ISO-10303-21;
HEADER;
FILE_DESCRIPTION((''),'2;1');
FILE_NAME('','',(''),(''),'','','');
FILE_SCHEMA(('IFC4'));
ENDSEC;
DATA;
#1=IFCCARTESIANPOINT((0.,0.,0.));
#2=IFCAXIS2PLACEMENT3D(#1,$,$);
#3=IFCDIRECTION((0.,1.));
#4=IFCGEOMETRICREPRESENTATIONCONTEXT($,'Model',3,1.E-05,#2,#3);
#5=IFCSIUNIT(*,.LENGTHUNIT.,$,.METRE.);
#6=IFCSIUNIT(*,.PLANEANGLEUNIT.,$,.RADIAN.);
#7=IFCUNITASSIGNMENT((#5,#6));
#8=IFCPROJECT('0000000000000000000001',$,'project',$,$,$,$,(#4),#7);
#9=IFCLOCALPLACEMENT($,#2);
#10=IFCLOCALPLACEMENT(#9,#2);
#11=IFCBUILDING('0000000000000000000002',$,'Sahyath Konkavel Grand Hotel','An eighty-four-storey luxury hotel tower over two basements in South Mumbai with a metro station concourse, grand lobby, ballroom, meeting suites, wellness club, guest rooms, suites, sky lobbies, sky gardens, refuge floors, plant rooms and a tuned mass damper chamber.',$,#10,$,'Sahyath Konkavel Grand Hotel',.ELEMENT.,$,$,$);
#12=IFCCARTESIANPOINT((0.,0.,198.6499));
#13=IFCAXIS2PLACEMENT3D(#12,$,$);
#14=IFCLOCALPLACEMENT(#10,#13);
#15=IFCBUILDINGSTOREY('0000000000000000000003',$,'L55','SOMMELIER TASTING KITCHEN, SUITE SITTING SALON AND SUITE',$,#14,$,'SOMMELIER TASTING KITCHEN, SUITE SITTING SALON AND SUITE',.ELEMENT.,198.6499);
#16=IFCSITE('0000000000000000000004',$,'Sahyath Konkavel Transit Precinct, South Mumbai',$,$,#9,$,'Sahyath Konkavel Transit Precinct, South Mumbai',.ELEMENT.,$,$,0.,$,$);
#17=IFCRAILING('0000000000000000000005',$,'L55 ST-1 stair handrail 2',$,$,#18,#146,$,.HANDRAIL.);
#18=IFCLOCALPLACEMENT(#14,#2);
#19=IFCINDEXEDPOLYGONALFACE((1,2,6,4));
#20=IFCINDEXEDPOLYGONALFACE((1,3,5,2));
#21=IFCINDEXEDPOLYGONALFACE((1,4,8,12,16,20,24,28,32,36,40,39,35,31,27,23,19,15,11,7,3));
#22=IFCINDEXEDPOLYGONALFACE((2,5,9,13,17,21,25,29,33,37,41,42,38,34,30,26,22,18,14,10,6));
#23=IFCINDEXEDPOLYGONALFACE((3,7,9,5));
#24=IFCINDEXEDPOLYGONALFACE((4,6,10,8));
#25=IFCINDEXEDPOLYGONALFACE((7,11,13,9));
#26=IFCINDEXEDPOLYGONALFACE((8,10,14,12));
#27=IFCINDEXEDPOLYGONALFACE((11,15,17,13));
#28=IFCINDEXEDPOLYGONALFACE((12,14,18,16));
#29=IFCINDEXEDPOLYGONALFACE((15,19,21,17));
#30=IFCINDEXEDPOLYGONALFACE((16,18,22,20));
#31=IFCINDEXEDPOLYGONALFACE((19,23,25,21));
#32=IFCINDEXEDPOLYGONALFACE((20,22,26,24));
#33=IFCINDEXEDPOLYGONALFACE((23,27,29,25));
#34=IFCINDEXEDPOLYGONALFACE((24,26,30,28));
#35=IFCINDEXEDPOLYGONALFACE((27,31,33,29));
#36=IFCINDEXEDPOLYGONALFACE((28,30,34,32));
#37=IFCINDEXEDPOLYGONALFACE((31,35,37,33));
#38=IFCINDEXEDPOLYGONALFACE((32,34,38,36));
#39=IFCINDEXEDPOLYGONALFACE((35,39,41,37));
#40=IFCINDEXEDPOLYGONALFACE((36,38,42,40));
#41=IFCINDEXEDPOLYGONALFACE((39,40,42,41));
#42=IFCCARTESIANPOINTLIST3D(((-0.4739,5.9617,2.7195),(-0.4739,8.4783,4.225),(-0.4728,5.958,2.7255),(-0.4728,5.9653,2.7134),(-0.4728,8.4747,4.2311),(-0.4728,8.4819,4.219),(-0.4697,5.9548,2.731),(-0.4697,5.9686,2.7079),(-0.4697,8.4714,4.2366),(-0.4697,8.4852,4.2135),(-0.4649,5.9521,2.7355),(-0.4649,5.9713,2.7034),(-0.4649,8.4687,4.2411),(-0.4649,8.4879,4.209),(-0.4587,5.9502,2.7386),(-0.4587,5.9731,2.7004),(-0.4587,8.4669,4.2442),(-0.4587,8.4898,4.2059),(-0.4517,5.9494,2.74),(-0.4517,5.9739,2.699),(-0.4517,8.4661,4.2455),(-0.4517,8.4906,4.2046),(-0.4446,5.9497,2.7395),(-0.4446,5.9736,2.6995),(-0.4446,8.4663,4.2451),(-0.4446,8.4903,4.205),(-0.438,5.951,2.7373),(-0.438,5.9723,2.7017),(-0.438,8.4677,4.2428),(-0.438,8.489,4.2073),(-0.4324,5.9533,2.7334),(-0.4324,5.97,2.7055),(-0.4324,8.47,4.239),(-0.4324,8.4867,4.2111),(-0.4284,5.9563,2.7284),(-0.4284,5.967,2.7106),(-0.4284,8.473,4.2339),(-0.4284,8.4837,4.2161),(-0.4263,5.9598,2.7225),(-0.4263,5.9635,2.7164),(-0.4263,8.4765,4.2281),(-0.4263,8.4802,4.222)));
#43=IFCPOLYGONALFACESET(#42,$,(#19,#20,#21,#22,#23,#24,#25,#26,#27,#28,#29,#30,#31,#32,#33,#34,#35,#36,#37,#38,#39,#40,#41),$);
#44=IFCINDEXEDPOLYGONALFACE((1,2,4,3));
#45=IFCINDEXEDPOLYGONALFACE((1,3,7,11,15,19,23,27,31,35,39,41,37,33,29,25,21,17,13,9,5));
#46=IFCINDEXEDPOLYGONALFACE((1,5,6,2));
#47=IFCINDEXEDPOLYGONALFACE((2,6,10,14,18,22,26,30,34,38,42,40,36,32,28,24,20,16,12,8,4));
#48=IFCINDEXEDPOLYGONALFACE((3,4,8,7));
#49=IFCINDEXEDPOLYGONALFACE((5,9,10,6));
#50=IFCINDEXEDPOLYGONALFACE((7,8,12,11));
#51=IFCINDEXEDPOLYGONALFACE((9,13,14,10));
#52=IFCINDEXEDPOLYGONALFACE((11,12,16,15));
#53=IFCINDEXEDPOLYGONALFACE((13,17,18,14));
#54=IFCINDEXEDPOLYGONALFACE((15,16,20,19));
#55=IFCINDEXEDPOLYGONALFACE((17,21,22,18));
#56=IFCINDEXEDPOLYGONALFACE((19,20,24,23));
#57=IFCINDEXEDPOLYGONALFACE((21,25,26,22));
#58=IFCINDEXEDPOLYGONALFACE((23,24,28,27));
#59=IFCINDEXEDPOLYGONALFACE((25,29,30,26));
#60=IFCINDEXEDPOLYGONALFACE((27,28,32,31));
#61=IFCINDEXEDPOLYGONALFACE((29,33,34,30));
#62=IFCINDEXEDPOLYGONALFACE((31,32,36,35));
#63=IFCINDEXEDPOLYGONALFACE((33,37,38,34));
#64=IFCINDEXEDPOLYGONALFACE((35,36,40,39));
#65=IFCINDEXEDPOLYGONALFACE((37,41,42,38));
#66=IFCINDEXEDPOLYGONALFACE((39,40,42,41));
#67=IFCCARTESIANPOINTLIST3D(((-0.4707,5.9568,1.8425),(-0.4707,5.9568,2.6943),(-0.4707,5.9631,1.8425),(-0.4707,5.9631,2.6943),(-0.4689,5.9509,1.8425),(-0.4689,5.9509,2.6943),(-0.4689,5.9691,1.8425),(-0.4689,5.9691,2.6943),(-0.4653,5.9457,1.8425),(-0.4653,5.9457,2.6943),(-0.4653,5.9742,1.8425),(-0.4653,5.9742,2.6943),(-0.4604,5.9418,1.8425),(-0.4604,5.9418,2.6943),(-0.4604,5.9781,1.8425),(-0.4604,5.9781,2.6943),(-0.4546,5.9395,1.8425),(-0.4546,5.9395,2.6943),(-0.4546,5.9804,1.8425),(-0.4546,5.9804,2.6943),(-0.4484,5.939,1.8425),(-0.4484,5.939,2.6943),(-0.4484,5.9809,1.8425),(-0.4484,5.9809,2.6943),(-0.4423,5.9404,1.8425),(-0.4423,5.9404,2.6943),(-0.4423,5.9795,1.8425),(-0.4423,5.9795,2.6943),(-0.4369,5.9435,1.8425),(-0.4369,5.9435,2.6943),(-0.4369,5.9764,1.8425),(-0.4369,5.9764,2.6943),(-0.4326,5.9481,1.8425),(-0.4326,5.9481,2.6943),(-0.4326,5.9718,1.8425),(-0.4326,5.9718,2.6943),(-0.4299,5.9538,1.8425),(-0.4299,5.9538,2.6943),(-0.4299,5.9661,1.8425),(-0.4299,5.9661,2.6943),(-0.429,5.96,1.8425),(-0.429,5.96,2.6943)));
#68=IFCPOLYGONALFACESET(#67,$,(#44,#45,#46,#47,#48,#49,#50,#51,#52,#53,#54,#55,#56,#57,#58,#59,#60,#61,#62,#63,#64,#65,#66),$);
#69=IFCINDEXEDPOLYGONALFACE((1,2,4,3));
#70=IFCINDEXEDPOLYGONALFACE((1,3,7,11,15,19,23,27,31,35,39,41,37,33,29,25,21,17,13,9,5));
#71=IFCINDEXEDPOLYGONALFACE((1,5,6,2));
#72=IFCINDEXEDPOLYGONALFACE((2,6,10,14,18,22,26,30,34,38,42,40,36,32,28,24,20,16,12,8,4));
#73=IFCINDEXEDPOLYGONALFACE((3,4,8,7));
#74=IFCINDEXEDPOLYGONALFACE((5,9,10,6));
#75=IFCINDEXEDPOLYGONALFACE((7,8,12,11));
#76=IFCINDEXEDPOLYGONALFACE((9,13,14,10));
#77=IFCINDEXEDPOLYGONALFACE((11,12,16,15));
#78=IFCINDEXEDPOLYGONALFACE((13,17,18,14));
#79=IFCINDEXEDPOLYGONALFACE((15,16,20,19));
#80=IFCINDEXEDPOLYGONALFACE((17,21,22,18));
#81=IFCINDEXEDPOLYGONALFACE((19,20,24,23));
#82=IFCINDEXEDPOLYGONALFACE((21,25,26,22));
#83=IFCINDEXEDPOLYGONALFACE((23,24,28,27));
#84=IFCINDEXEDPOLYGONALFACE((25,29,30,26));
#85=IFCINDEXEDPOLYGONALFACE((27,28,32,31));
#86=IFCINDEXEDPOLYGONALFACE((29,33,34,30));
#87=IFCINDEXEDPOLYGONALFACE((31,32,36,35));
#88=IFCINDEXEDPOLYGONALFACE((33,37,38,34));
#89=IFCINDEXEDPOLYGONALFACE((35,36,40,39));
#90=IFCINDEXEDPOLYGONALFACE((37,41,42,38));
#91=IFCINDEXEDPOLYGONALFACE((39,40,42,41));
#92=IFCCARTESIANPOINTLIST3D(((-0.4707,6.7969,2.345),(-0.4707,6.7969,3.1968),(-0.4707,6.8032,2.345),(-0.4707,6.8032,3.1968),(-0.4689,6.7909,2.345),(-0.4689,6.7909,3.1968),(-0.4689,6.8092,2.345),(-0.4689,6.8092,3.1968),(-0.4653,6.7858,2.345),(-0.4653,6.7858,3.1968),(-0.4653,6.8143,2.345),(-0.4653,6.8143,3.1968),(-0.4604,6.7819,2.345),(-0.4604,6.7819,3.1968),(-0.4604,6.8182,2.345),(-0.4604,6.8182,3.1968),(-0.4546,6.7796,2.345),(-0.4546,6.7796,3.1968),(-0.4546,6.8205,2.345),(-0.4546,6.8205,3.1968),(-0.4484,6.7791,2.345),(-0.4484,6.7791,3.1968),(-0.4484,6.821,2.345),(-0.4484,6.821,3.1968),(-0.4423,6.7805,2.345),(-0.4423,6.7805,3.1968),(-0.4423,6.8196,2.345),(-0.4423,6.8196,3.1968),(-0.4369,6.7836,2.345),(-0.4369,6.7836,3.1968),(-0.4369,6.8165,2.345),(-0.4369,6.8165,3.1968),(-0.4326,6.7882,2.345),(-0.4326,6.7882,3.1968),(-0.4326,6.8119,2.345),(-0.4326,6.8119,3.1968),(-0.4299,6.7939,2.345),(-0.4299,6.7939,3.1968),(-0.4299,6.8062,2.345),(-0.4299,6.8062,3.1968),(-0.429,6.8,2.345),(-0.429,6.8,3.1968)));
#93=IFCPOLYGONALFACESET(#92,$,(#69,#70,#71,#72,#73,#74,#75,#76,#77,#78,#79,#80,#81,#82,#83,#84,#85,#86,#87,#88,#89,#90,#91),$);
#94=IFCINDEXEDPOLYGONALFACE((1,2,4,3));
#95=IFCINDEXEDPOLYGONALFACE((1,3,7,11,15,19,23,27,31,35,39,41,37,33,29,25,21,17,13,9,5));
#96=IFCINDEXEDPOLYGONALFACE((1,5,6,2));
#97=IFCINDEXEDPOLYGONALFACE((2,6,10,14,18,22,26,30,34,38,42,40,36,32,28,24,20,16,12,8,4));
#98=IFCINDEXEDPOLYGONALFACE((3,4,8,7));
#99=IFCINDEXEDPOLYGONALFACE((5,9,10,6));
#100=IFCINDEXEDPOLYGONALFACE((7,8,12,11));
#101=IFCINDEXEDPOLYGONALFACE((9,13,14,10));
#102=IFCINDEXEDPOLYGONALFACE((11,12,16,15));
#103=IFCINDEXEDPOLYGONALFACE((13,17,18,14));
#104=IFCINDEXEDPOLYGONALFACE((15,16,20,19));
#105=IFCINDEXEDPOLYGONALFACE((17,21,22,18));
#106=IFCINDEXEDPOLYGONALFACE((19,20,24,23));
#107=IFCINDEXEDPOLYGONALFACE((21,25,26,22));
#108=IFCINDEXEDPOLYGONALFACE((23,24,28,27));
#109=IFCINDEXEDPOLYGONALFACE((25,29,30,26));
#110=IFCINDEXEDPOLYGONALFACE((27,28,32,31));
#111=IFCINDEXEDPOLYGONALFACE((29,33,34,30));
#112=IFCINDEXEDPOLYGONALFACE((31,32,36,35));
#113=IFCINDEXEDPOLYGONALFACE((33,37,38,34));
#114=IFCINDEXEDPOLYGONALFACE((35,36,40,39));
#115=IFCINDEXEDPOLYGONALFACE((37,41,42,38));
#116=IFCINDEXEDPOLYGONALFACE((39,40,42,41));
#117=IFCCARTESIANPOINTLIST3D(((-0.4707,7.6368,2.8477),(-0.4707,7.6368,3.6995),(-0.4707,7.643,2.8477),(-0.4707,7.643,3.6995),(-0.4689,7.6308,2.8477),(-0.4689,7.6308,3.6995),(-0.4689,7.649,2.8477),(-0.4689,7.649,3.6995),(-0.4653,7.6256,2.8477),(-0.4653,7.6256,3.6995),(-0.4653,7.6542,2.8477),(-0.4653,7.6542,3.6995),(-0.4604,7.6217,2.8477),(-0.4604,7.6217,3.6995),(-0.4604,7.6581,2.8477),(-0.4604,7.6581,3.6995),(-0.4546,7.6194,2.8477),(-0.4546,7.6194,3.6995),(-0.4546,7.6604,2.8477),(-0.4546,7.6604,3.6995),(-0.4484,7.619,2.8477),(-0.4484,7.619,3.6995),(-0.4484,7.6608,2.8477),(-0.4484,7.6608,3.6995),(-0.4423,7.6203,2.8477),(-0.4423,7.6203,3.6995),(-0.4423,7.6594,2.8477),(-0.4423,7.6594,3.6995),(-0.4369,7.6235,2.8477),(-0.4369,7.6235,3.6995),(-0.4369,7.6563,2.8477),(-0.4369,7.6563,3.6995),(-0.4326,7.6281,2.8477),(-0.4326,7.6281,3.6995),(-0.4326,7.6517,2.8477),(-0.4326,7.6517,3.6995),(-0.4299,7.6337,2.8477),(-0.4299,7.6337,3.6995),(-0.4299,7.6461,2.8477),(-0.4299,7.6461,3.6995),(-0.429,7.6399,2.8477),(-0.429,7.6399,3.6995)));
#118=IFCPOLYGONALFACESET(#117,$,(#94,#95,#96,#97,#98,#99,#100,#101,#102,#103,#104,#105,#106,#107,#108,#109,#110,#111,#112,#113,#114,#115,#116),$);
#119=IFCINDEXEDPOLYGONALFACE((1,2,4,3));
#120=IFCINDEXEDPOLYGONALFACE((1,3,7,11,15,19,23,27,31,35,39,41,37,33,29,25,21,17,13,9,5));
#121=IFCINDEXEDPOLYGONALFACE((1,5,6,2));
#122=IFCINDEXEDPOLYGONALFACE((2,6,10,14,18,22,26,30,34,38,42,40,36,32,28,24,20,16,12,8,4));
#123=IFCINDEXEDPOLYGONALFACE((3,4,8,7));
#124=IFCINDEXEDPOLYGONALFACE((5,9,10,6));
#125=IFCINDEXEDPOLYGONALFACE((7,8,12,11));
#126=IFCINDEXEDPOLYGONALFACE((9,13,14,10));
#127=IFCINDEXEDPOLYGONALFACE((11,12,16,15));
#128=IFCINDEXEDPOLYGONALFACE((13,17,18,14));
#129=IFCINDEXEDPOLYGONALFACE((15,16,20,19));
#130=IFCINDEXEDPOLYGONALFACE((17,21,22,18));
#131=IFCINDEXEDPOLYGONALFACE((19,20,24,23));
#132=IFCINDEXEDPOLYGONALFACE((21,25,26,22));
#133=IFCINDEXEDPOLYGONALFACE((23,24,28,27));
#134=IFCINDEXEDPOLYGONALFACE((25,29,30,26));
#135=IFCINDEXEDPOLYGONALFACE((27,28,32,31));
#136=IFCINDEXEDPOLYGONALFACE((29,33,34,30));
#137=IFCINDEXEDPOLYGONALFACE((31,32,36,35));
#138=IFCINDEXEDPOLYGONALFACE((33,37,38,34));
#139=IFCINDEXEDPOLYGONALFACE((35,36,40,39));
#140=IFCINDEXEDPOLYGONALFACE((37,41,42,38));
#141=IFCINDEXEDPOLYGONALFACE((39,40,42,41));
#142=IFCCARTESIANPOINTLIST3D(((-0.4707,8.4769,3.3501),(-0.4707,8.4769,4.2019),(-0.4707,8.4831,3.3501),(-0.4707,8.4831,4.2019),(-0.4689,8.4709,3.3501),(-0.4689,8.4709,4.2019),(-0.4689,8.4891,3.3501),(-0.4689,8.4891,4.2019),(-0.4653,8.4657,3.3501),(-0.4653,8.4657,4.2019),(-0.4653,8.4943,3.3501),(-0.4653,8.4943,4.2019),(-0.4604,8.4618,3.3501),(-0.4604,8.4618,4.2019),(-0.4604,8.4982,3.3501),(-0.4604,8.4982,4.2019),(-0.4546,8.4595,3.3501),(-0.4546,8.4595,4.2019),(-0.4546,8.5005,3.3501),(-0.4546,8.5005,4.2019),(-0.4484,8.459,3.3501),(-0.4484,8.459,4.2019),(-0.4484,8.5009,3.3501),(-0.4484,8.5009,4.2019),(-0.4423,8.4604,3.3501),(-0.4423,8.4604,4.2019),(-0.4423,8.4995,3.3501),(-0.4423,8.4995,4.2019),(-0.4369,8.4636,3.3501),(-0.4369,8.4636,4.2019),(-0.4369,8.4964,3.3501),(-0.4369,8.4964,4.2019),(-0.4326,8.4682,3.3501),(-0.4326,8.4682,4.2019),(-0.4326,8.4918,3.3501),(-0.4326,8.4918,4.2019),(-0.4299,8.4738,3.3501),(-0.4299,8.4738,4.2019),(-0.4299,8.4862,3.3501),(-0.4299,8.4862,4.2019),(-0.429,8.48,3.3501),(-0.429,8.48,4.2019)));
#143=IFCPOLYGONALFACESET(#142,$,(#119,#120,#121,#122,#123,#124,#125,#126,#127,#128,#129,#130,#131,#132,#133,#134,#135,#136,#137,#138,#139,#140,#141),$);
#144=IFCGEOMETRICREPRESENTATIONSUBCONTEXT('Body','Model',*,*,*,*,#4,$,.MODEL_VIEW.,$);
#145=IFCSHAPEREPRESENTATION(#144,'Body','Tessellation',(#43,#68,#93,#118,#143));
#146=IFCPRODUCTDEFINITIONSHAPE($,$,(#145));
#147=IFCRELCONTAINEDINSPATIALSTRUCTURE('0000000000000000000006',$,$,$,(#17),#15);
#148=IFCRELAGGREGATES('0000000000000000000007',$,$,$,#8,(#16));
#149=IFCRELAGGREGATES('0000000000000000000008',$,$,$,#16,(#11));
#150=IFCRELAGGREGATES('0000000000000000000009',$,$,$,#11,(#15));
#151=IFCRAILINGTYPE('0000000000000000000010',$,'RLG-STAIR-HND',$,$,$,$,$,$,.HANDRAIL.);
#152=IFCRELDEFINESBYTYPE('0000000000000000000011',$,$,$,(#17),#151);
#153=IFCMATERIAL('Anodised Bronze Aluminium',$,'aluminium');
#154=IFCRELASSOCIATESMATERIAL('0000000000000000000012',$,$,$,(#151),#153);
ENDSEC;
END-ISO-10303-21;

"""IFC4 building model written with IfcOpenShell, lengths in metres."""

from ifc_helpers import new_model, si_unit, direction, frame, origin, origin_2d, place, context, subcontext, project, spatial, circle, extrude, material, type_object, element, save


model = new_model("IFC4")

# Units and contexts
model_context = context("Model", 3, precision=1e-05, world=origin(), true_north=direction((0.0, 1.0)))
body_context = subcontext(model_context, "Body", "Model", "MODEL_VIEW")
ifc_project = project(units=[si_unit("LENGTHUNIT", "METRE"), si_unit("PLANEANGLEUNIT", "RADIAN")], contexts=[model_context])

# Site, building, storey
site_placement = place(None, origin())
site = spatial("IfcSite", under=ifc_project, at=site_placement, Name="Sahyath Konkavel Transit Precinct, South Mumbai", LongName="Sahyath Konkavel Transit Precinct, South Mumbai", CompositionType="ELEMENT", RefElevation=0.0)
building_placement = place(site_placement, origin())
building = spatial("IfcBuilding", under=site, at=building_placement, Name="Sahyath Konkavel Grand Hotel", Description="An eighty-four-storey luxury hotel tower over two basements in South Mumbai with a metro station concourse, grand lobby, ballroom, meeting suites, wellness club, guest rooms, suites, sky lobbies, sky gardens, refuge floors, plant rooms and a tuned mass damper chamber.", LongName="Sahyath Konkavel Grand Hotel", CompositionType="ELEMENT")
storey_placement = place(building_placement, frame((0.0, 0.0, 198.6499)))
storey = spatial("IfcBuildingStorey", under=building, at=storey_placement, Name="L55", Description="SOMMELIER TASTING KITCHEN, SUITE SITTING SALON AND SUITE", LongName="SOMMELIER TASTING KITCHEN, SUITE SITTING SALON AND SUITE", CompositionType="ELEMENT", Elevation=198.6499)

# Railing
ifc_material_1 = material(Name="Anodised Bronze Aluminium", Category="aluminium")
railing_type_1 = type_object("IfcRailingType", Name="RLG-STAIR-HND", PredefinedType="HANDRAIL", material=ifc_material_1)
railing_1_placement = place(storey_placement, frame((-0.45, 5.96, 1.8425)))
element("IfcRailing", 1, at=railing_1_placement, inside=storey, type_object=railing_type_1, Name="L55 ST-1 stair handrail 2", PredefinedType="HANDRAIL", context=body_context, shape_type="SweptSolid", body=[
    extrude(circle(Radius=0.0239, at=origin_2d()), frame((0.0, 0.0017, 0.877), z_axis=(0.0, 0.85816, 0.513383), x_axis=(-1.0, 0.0, 0.0)), (0.0, 0.0, 1.0), 2.9326),
    extrude(circle(Radius=0.021, at=origin_2d()), origin(), (0.0, 0.0, 1.0), 0.8518),
    extrude(circle(Radius=0.021, at=origin_2d()), frame((0.0, 0.8401, 0.5024)), (0.0, 0.0, 1.0), 0.8518),
    extrude(circle(Radius=0.021, at=origin_2d()), frame((0.0, 1.6799, 1.0051)), (0.0, 0.0, 1.0), 0.8518),
    extrude(circle(Radius=0.021, at=origin_2d()), frame((0.0, 2.52, 1.5076)), (0.0, 0.0, 1.0), 0.8518),
])

save(model, "model.ifc")
